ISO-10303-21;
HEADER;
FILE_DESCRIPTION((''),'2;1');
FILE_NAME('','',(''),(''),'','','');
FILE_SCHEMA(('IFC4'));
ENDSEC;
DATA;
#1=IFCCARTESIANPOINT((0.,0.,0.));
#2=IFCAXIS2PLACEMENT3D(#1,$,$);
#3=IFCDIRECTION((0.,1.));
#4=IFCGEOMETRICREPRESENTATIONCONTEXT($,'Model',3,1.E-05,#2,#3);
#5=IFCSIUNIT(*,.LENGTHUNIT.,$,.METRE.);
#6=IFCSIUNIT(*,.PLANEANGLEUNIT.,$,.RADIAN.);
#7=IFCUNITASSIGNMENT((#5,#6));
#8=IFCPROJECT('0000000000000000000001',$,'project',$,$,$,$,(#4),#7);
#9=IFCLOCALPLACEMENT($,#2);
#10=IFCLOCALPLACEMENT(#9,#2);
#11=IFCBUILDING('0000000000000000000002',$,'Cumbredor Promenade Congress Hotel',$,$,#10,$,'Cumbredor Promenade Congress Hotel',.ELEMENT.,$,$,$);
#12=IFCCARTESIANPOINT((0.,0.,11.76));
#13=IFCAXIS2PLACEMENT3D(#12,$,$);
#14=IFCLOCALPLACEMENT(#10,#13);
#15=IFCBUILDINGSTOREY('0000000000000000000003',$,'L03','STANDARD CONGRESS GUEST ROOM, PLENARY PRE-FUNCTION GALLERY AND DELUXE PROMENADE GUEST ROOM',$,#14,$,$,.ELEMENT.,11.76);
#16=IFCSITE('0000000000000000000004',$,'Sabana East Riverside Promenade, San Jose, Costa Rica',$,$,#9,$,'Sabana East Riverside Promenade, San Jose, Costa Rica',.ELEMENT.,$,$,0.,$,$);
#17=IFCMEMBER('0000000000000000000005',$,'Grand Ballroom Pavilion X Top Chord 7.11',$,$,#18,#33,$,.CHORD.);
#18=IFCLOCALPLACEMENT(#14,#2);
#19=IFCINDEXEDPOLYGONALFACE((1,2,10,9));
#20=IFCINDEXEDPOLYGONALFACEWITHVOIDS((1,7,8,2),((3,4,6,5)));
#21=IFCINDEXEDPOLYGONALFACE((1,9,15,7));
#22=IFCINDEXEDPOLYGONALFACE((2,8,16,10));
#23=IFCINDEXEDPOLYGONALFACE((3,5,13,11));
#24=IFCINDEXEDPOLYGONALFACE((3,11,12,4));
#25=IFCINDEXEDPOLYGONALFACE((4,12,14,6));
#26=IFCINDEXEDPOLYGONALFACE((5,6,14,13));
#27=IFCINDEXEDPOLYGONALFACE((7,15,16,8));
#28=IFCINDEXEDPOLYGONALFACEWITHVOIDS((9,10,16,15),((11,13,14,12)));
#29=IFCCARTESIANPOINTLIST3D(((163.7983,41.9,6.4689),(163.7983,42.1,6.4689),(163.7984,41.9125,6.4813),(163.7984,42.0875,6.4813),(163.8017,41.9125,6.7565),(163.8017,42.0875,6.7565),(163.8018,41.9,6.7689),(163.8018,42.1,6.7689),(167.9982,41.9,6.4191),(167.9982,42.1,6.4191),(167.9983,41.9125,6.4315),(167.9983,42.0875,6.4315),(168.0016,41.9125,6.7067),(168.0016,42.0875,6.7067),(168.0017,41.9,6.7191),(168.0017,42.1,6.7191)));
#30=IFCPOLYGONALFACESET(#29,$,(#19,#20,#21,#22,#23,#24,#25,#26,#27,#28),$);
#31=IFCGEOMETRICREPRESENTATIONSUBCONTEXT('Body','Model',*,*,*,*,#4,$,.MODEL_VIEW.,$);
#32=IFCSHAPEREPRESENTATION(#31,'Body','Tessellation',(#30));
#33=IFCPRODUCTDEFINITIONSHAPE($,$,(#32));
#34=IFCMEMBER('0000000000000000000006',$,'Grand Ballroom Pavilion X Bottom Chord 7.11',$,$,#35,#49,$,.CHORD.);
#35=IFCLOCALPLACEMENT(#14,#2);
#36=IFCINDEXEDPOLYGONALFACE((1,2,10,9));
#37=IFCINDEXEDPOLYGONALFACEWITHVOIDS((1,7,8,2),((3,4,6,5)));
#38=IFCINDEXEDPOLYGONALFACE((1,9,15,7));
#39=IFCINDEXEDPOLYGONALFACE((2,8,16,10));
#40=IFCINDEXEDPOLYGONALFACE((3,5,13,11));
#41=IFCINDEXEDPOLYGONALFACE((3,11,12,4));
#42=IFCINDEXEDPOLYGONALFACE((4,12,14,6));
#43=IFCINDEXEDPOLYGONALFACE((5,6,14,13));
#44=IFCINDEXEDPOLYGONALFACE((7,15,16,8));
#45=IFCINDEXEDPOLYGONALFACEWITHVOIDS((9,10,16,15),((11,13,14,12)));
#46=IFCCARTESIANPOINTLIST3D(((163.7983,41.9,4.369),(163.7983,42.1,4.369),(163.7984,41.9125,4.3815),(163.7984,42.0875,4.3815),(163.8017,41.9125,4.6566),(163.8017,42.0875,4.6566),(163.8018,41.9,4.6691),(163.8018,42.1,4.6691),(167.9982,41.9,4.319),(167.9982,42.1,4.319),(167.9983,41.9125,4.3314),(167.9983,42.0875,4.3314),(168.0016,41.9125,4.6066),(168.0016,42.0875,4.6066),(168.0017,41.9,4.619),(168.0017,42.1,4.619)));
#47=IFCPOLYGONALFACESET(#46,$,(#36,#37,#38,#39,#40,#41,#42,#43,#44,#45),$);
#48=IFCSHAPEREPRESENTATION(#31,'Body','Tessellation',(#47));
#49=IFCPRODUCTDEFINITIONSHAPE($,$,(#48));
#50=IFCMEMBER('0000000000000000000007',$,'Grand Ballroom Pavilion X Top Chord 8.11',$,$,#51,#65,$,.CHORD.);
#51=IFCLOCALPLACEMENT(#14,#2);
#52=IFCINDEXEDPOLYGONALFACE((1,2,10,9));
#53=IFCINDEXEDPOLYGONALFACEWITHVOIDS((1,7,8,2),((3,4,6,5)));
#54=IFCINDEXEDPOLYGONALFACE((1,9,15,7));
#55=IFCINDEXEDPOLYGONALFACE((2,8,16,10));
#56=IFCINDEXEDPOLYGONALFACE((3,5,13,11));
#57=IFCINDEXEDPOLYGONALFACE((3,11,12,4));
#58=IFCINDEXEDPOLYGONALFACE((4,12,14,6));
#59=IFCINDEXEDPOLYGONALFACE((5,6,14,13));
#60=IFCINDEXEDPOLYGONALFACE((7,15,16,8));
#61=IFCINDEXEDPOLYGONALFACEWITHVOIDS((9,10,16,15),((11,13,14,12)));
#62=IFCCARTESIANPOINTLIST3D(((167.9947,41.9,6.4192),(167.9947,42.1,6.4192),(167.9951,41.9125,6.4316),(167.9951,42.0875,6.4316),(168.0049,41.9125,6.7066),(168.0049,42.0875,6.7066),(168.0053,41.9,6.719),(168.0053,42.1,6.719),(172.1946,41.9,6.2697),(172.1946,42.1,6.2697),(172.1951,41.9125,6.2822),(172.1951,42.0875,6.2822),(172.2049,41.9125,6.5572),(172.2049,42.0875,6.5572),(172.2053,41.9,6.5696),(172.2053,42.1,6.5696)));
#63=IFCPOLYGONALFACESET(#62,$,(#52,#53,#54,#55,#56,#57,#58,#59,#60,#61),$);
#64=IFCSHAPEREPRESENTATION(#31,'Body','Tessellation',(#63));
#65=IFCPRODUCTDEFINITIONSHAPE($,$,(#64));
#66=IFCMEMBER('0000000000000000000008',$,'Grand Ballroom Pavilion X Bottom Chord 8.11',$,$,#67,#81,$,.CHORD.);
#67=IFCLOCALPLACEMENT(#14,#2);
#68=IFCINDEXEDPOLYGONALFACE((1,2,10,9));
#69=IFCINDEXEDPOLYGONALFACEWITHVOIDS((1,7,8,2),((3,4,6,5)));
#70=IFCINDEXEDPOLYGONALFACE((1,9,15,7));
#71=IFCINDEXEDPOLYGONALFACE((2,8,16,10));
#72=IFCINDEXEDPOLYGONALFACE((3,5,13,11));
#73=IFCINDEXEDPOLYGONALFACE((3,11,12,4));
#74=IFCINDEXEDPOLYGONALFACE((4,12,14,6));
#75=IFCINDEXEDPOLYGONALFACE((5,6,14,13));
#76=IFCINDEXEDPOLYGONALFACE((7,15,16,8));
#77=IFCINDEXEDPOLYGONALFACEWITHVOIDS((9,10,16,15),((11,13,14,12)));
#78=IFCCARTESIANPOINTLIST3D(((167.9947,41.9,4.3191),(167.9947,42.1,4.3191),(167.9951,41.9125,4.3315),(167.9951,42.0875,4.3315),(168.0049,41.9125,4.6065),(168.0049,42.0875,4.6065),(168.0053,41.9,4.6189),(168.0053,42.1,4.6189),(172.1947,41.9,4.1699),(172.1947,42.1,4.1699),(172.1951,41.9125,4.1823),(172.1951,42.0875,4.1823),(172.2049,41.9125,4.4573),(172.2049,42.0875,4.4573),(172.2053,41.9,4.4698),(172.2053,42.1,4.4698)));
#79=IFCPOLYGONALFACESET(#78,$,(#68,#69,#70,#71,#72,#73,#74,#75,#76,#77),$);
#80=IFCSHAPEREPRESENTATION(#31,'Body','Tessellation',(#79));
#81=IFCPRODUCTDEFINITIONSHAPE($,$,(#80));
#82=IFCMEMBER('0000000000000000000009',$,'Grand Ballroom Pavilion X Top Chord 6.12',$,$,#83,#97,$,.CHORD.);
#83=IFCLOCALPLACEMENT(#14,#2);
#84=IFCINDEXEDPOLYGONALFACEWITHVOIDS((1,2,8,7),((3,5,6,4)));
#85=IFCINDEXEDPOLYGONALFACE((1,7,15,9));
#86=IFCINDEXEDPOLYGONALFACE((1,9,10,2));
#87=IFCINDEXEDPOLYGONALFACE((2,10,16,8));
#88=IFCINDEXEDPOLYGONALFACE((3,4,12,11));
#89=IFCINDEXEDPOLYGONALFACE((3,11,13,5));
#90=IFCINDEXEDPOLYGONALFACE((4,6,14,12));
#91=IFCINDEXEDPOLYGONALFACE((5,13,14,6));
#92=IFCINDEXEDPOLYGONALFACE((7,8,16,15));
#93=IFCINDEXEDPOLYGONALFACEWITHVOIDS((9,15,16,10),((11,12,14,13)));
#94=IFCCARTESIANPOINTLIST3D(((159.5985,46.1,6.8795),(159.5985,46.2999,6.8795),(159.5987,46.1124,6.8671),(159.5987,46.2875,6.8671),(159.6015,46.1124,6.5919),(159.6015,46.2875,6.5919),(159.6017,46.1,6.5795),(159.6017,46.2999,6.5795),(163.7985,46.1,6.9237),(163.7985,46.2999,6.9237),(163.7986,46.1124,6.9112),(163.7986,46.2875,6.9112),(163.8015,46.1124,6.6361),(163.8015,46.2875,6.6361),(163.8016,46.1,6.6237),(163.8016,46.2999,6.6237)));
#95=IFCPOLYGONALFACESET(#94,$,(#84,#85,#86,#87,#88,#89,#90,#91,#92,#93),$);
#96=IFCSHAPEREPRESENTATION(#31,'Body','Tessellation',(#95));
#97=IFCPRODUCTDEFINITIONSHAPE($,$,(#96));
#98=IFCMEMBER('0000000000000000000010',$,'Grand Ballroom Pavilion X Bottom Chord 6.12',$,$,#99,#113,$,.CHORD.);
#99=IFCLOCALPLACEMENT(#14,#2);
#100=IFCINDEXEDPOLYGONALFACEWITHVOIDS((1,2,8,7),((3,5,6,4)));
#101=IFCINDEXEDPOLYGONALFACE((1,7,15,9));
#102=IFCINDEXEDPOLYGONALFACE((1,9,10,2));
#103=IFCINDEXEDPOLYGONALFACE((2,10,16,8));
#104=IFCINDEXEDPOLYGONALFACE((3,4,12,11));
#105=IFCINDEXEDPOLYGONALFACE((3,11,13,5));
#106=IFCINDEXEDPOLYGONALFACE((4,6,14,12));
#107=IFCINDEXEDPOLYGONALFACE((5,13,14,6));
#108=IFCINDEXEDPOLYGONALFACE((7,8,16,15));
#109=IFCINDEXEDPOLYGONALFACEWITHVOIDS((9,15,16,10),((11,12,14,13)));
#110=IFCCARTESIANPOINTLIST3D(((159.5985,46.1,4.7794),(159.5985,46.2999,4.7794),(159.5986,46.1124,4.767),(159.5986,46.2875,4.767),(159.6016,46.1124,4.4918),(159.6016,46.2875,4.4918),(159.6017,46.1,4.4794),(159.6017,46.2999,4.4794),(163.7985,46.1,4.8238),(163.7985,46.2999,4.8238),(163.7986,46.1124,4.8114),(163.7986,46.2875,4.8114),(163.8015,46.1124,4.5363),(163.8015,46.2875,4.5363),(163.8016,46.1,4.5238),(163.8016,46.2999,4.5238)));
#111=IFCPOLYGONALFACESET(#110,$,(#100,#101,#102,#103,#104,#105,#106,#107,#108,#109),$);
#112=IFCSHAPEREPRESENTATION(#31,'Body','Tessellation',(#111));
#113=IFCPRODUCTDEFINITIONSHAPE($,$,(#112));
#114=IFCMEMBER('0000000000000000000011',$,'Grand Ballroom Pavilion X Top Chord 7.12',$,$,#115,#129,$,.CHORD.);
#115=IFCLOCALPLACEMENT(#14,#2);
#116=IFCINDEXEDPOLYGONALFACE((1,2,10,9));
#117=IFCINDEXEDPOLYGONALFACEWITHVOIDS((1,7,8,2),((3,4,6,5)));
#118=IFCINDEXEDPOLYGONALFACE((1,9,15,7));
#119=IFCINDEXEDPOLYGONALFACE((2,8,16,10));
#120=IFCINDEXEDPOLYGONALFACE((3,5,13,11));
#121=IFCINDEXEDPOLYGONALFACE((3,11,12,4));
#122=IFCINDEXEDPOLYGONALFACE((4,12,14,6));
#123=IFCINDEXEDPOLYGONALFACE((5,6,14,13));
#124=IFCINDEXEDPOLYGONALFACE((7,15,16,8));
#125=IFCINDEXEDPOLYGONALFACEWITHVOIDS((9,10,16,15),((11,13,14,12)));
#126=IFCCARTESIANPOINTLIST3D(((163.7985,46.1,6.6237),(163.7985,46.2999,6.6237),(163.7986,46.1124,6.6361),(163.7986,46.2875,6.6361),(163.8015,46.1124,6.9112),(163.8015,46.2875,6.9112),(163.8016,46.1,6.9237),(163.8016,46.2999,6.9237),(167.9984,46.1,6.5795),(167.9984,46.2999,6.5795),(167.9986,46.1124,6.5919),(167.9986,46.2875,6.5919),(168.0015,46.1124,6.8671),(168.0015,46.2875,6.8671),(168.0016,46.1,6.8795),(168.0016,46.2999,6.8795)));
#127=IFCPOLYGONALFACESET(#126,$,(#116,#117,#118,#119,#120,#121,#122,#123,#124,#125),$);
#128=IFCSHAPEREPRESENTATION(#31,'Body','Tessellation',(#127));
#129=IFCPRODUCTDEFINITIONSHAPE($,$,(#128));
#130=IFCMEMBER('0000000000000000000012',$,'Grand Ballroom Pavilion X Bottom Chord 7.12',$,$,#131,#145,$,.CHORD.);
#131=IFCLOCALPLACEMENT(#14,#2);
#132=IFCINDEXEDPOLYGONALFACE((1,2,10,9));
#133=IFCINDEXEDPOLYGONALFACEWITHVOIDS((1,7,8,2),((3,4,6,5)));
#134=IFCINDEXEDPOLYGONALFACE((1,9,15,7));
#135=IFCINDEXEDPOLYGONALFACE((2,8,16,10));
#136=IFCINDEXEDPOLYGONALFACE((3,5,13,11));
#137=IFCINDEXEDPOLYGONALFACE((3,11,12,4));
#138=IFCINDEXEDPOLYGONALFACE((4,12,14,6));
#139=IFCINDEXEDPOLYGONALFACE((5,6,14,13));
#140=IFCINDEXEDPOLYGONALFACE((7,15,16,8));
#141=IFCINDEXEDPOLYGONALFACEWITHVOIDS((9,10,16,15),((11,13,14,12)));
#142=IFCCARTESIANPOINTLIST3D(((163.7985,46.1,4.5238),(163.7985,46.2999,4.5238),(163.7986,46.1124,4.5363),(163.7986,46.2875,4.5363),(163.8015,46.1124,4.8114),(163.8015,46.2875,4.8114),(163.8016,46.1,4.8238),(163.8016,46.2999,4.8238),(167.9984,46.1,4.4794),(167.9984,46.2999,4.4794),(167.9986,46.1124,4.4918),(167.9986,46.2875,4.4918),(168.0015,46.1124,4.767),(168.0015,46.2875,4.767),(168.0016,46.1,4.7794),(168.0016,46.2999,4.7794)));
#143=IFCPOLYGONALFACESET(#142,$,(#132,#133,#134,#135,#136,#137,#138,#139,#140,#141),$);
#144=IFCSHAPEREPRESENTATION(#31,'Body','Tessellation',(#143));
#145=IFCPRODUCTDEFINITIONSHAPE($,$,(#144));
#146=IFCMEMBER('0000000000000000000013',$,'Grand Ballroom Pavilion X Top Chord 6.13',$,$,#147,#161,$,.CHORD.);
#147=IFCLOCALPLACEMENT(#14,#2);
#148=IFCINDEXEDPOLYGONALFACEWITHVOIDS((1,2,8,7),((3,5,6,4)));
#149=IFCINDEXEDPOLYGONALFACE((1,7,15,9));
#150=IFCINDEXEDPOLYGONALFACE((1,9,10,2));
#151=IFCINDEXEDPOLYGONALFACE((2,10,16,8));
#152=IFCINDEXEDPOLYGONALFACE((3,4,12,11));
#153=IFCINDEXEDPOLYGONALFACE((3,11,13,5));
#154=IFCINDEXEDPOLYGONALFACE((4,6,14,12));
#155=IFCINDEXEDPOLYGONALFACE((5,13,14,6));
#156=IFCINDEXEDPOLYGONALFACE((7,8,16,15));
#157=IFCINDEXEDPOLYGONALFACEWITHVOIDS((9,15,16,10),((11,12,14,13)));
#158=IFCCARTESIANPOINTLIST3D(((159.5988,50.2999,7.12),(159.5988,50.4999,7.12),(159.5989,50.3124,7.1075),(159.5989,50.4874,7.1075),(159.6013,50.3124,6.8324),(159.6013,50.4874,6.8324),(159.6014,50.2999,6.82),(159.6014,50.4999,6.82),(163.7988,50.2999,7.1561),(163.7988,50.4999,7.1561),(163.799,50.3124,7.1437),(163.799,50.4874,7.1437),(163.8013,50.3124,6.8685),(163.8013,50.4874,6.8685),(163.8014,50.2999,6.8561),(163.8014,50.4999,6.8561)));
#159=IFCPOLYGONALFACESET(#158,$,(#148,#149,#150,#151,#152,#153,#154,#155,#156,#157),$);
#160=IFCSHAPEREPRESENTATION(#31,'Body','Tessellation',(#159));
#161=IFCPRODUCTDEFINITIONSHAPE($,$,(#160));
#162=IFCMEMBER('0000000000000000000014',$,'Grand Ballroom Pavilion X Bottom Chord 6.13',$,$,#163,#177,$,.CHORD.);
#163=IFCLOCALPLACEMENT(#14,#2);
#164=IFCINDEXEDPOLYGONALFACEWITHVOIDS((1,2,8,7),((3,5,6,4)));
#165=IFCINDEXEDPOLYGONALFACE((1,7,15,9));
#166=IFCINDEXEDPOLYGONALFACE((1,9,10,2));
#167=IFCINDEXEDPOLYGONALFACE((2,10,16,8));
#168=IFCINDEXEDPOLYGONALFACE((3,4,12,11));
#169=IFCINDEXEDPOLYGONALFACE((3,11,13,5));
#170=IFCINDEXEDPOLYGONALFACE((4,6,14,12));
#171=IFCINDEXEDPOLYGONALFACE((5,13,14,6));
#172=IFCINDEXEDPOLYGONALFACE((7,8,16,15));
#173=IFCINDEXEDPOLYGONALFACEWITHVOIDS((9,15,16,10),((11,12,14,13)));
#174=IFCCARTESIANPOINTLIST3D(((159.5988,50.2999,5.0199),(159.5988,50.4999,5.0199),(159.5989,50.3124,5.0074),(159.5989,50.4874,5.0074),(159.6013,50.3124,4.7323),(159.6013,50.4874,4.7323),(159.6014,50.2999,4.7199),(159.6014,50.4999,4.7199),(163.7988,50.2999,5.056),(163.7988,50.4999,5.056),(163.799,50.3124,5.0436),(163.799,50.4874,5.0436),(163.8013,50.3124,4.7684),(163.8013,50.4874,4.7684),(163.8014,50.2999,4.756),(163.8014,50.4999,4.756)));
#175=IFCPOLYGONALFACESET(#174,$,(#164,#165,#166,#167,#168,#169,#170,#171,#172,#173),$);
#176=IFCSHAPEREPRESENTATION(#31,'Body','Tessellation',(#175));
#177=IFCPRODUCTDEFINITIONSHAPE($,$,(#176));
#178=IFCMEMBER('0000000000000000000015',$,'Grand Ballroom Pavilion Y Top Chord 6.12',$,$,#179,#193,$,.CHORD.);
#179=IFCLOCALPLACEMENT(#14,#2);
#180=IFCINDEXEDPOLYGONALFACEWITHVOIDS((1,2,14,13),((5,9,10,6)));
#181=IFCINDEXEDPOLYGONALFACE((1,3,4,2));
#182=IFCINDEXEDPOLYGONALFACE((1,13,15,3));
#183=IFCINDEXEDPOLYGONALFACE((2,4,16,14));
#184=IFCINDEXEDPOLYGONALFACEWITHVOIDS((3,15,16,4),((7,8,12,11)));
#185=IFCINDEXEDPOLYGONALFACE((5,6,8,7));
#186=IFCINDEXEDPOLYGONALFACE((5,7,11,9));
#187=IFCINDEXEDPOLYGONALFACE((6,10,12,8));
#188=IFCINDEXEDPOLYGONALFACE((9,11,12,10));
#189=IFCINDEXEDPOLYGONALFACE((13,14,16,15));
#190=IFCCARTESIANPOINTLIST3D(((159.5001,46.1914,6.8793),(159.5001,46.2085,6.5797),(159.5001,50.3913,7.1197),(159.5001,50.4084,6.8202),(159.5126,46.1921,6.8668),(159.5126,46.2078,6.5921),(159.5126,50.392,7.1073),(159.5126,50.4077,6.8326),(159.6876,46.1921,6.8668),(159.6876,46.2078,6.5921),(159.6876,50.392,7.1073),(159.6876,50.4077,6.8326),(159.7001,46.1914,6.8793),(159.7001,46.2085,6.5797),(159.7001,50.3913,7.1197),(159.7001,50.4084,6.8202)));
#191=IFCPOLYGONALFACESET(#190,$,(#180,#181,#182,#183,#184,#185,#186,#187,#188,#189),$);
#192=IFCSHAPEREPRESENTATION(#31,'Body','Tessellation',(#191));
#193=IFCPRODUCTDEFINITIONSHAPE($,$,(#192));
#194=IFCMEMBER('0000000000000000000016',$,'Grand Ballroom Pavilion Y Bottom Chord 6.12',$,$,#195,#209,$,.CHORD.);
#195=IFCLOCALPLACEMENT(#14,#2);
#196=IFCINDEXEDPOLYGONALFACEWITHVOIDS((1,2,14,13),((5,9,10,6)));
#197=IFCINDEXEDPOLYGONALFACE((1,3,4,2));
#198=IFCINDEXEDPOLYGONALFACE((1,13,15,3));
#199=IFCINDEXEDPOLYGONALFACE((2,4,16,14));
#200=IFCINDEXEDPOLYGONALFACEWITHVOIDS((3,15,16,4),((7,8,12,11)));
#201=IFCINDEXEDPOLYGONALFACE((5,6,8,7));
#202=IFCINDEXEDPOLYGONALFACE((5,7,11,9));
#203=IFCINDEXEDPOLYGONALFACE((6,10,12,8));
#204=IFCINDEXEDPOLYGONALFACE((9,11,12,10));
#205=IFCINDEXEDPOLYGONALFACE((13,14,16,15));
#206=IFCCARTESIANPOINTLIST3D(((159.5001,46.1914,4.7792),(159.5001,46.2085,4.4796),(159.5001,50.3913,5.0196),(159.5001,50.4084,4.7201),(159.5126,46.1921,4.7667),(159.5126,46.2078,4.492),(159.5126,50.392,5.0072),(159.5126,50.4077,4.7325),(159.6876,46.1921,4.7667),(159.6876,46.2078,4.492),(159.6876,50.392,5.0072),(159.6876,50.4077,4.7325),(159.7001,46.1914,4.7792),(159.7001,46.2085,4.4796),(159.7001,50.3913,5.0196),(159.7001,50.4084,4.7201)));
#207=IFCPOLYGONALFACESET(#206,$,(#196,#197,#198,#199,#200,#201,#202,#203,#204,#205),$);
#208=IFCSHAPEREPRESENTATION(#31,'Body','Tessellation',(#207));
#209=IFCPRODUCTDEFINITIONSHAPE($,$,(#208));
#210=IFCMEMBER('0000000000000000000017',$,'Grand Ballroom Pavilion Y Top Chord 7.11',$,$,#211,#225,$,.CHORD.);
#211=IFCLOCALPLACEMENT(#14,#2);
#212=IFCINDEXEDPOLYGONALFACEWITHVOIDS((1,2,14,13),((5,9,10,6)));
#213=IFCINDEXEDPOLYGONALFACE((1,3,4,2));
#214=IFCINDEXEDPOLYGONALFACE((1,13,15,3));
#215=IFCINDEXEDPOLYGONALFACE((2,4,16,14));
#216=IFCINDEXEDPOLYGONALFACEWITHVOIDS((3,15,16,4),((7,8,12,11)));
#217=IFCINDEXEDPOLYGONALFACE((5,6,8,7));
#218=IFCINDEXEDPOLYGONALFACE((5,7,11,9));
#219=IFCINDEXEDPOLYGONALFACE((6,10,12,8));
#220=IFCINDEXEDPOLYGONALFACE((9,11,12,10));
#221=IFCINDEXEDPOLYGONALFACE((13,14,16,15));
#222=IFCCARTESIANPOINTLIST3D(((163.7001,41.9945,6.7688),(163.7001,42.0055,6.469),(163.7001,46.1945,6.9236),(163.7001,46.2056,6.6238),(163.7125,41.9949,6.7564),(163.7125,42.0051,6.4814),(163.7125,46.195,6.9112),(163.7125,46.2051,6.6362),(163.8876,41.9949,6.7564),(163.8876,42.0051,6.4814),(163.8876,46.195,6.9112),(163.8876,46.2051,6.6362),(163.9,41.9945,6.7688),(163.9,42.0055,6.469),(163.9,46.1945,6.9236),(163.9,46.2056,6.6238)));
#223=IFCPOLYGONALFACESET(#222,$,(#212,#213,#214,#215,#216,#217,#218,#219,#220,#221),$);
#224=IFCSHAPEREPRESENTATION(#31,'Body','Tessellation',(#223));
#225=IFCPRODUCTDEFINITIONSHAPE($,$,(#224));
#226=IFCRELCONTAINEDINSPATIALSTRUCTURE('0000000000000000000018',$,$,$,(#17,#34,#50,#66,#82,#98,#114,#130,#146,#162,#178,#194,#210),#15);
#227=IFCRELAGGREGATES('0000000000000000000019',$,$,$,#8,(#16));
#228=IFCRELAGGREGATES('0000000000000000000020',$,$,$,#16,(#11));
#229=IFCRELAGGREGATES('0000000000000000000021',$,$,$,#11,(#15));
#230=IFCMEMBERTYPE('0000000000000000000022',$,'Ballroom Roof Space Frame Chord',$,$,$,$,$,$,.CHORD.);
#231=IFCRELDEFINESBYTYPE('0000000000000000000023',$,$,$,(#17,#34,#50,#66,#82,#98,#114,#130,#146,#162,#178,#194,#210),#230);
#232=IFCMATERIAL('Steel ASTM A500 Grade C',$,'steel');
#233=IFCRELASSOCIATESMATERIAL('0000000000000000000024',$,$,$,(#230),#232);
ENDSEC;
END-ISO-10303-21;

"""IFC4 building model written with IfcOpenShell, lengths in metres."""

from ifc_helpers import new_model, si_unit, direction, frame, origin, origin_2d, place, context, subcontext, project, spatial, hollow_rectangle, extrude, material, material_profile, profile_set, type_object, element, save


model = new_model("IFC4")

# Units and contexts
model_context = context("Model", 3, precision=1e-05, world=origin(), true_north=direction((0.0, 1.0)))
body_context = subcontext(model_context, "Body", "Model", "MODEL_VIEW")
ifc_project = project(units=[si_unit("LENGTHUNIT", "METRE"), si_unit("PLANEANGLEUNIT", "RADIAN")], contexts=[model_context])

# Site, building, storey
site_placement = place(None, origin())
site = spatial("IfcSite", under=ifc_project, at=site_placement, Name="Sabana East Riverside Promenade, San Jose, Costa Rica", LongName="Sabana East Riverside Promenade, San Jose, Costa Rica", CompositionType="ELEMENT", RefElevation=0.0)
building_placement = place(site_placement, origin())
building = spatial("IfcBuilding", under=site, at=building_placement, Name="Cumbredor Promenade Congress Hotel", LongName="Cumbredor Promenade Congress Hotel", CompositionType="ELEMENT")
storey_placement = place(building_placement, frame((0.0, 0.0, 11.76)))
storey = spatial("IfcBuildingStorey", under=building, at=storey_placement, Name="L03", Description="STANDARD CONGRESS GUEST ROOM, PLENARY PRE-FUNCTION GALLERY AND DELUXE PROMENADE GUEST ROOM", CompositionType="ELEMENT", Elevation=11.76)

# Members
ifc_material_1 = material(Name="Steel ASTM A500 Grade C", Category="steel")
ifc_material_profile_1 = material_profile(ifc_material_1, hollow_rectangle(XDim=0.2, YDim=0.3, WallThickness=0.0125, at=origin_2d()), Name="HSS 300x200x12.5")
ifc_profile_set_1 = profile_set([ifc_material_profile_1], Name="Steel ASTM A500 Grade C")
member_type_1 = type_object("IfcMemberType", Name="Ballroom Roof Space Frame Chord", PredefinedType="CHORD", material=ifc_profile_set_1)
for number, where, z_axis, x_axis, name in (
    (1, (163.8, 42.0, 6.6189), (0.99993, 0.0, -0.011858), (0.0, 1.0, 0.0), "Grand Ballroom Pavilion X Top Chord 7.11"),
    (2, (163.8, 42.0, 4.519), (0.999929, 0.0, -0.011916), (0.0, 1.0, 0.0), "Grand Ballroom Pavilion X Bottom Chord 7.11"),
):
    element("IfcMember", number, at=place(storey_placement, frame(where, z_axis=z_axis, x_axis=x_axis)), inside=storey, type_object=member_type_1, Name=name, PredefinedType="CHORD", context=body_context, shape_type="SweptSolid", body=[
        extrude(hollow_rectangle(XDim=0.2, YDim=0.3, WallThickness=0.0125, at=origin_2d()), origin(), (0.0, 0.0, 1.0), 4.2002),
    ])
for number, where, z_axis, x_axis, name in (
    (3, (168.0, 42.0, 6.5691), (0.999368, 0.0, -0.035553), (0.0, 1.0, 0.0), "Grand Ballroom Pavilion X Top Chord 8.11"),
    (4, (168.0, 42.0, 4.469), (0.99937, 0.0, -0.035495), (0.0, 1.0, 0.0), "Grand Ballroom Pavilion X Bottom Chord 8.11"),
):
    element("IfcMember", number, at=place(storey_placement, frame(where, z_axis=z_axis, x_axis=x_axis)), inside=storey, type_object=member_type_1, Name=name, PredefinedType="CHORD", context=body_context, shape_type="SweptSolid", body=[
        extrude(hollow_rectangle(XDim=0.2, YDim=0.3, WallThickness=0.0125, at=origin_2d()), origin(), (0.0, 0.0, 1.0), 4.2026),
    ])
for number, where, z_axis, x_axis, name in (
    (5, (159.6001, 46.2, 6.7295), (0.999945, 0.0, 0.010521), (0.0, 1.0, 0.0), "Grand Ballroom Pavilion X Top Chord 6.12"),
    (6, (159.6001, 46.2, 4.6294), (0.999944, 0.0, 0.010579), (0.0, 1.0, 0.0), "Grand Ballroom Pavilion X Bottom Chord 6.12"),
    (7, (163.8, 46.2, 6.7737), (0.999945, 0.0, -0.010521), (0.0, 1.0, 0.0), "Grand Ballroom Pavilion X Top Chord 7.12"),
    (8, (163.8, 46.2, 4.6738), (0.999944, 0.0, -0.010579), (0.0, 1.0, 0.0), "Grand Ballroom Pavilion X Bottom Chord 7.12"),
    (9, (159.6001, 50.3999, 6.97), (0.999963, 0.0, 0.008603), (0.0, 1.0, 0.0), "Grand Ballroom Pavilion X Top Chord 6.13"),
    (10, (159.6001, 50.3999, 4.8699), (0.999963, 0.0, 0.008603), (0.0, 1.0, 0.0), "Grand Ballroom Pavilion X Bottom Chord 6.13"),
):
    element("IfcMember", number, at=place(storey_placement, frame(where, z_axis=z_axis, x_axis=x_axis)), inside=storey, type_object=member_type_1, Name=name, PredefinedType="CHORD", context=body_context, shape_type="SweptSolid", body=[
        extrude(hollow_rectangle(XDim=0.2, YDim=0.3, WallThickness=0.0125, at=origin_2d()), origin(), (0.0, 0.0, 1.0), 4.2002),
    ])
for number, where, z_axis, x_axis, name in (
    (11, (159.6001, 46.2, 6.7295), (0.0, 0.998365, 0.057164), (-1.0, 0.0, 0.0), "Grand Ballroom Pavilion Y Top Chord 6.12"),
    (12, (159.6001, 46.2, 4.6294), (0.0, 0.998365, 0.057164), (-1.0, 0.0, 0.0), "Grand Ballroom Pavilion Y Bottom Chord 6.12"),
):
    element("IfcMember", number, at=place(storey_placement, frame(where, z_axis=z_axis, x_axis=x_axis)), inside=storey, type_object=member_type_1, Name=name, PredefinedType="CHORD", context=body_context, shape_type="SweptSolid", body=[
        extrude(hollow_rectangle(XDim=0.2, YDim=0.3, WallThickness=0.0125, at=origin_2d()), origin(), (0.0, 0.0, 1.0), 4.2068),
    ])
for number, where, z_axis, x_axis, name in (
    (13, (163.8, 42.0, 6.6189), (0.0, 0.999322, 0.036829), (-1.0, 0.0, 0.0), "Grand Ballroom Pavilion Y Top Chord 7.11"),
):
    element("IfcMember", number, at=place(storey_placement, frame(where, z_axis=z_axis, x_axis=x_axis)), inside=storey, type_object=member_type_1, Name=name, PredefinedType="CHORD", context=body_context, shape_type="SweptSolid", body=[
        extrude(hollow_rectangle(XDim=0.2, YDim=0.3, WallThickness=0.0125, at=origin_2d()), origin(), (0.0, 0.0, 1.0), 4.2029),
    ])

save(model, "model.ifc")
